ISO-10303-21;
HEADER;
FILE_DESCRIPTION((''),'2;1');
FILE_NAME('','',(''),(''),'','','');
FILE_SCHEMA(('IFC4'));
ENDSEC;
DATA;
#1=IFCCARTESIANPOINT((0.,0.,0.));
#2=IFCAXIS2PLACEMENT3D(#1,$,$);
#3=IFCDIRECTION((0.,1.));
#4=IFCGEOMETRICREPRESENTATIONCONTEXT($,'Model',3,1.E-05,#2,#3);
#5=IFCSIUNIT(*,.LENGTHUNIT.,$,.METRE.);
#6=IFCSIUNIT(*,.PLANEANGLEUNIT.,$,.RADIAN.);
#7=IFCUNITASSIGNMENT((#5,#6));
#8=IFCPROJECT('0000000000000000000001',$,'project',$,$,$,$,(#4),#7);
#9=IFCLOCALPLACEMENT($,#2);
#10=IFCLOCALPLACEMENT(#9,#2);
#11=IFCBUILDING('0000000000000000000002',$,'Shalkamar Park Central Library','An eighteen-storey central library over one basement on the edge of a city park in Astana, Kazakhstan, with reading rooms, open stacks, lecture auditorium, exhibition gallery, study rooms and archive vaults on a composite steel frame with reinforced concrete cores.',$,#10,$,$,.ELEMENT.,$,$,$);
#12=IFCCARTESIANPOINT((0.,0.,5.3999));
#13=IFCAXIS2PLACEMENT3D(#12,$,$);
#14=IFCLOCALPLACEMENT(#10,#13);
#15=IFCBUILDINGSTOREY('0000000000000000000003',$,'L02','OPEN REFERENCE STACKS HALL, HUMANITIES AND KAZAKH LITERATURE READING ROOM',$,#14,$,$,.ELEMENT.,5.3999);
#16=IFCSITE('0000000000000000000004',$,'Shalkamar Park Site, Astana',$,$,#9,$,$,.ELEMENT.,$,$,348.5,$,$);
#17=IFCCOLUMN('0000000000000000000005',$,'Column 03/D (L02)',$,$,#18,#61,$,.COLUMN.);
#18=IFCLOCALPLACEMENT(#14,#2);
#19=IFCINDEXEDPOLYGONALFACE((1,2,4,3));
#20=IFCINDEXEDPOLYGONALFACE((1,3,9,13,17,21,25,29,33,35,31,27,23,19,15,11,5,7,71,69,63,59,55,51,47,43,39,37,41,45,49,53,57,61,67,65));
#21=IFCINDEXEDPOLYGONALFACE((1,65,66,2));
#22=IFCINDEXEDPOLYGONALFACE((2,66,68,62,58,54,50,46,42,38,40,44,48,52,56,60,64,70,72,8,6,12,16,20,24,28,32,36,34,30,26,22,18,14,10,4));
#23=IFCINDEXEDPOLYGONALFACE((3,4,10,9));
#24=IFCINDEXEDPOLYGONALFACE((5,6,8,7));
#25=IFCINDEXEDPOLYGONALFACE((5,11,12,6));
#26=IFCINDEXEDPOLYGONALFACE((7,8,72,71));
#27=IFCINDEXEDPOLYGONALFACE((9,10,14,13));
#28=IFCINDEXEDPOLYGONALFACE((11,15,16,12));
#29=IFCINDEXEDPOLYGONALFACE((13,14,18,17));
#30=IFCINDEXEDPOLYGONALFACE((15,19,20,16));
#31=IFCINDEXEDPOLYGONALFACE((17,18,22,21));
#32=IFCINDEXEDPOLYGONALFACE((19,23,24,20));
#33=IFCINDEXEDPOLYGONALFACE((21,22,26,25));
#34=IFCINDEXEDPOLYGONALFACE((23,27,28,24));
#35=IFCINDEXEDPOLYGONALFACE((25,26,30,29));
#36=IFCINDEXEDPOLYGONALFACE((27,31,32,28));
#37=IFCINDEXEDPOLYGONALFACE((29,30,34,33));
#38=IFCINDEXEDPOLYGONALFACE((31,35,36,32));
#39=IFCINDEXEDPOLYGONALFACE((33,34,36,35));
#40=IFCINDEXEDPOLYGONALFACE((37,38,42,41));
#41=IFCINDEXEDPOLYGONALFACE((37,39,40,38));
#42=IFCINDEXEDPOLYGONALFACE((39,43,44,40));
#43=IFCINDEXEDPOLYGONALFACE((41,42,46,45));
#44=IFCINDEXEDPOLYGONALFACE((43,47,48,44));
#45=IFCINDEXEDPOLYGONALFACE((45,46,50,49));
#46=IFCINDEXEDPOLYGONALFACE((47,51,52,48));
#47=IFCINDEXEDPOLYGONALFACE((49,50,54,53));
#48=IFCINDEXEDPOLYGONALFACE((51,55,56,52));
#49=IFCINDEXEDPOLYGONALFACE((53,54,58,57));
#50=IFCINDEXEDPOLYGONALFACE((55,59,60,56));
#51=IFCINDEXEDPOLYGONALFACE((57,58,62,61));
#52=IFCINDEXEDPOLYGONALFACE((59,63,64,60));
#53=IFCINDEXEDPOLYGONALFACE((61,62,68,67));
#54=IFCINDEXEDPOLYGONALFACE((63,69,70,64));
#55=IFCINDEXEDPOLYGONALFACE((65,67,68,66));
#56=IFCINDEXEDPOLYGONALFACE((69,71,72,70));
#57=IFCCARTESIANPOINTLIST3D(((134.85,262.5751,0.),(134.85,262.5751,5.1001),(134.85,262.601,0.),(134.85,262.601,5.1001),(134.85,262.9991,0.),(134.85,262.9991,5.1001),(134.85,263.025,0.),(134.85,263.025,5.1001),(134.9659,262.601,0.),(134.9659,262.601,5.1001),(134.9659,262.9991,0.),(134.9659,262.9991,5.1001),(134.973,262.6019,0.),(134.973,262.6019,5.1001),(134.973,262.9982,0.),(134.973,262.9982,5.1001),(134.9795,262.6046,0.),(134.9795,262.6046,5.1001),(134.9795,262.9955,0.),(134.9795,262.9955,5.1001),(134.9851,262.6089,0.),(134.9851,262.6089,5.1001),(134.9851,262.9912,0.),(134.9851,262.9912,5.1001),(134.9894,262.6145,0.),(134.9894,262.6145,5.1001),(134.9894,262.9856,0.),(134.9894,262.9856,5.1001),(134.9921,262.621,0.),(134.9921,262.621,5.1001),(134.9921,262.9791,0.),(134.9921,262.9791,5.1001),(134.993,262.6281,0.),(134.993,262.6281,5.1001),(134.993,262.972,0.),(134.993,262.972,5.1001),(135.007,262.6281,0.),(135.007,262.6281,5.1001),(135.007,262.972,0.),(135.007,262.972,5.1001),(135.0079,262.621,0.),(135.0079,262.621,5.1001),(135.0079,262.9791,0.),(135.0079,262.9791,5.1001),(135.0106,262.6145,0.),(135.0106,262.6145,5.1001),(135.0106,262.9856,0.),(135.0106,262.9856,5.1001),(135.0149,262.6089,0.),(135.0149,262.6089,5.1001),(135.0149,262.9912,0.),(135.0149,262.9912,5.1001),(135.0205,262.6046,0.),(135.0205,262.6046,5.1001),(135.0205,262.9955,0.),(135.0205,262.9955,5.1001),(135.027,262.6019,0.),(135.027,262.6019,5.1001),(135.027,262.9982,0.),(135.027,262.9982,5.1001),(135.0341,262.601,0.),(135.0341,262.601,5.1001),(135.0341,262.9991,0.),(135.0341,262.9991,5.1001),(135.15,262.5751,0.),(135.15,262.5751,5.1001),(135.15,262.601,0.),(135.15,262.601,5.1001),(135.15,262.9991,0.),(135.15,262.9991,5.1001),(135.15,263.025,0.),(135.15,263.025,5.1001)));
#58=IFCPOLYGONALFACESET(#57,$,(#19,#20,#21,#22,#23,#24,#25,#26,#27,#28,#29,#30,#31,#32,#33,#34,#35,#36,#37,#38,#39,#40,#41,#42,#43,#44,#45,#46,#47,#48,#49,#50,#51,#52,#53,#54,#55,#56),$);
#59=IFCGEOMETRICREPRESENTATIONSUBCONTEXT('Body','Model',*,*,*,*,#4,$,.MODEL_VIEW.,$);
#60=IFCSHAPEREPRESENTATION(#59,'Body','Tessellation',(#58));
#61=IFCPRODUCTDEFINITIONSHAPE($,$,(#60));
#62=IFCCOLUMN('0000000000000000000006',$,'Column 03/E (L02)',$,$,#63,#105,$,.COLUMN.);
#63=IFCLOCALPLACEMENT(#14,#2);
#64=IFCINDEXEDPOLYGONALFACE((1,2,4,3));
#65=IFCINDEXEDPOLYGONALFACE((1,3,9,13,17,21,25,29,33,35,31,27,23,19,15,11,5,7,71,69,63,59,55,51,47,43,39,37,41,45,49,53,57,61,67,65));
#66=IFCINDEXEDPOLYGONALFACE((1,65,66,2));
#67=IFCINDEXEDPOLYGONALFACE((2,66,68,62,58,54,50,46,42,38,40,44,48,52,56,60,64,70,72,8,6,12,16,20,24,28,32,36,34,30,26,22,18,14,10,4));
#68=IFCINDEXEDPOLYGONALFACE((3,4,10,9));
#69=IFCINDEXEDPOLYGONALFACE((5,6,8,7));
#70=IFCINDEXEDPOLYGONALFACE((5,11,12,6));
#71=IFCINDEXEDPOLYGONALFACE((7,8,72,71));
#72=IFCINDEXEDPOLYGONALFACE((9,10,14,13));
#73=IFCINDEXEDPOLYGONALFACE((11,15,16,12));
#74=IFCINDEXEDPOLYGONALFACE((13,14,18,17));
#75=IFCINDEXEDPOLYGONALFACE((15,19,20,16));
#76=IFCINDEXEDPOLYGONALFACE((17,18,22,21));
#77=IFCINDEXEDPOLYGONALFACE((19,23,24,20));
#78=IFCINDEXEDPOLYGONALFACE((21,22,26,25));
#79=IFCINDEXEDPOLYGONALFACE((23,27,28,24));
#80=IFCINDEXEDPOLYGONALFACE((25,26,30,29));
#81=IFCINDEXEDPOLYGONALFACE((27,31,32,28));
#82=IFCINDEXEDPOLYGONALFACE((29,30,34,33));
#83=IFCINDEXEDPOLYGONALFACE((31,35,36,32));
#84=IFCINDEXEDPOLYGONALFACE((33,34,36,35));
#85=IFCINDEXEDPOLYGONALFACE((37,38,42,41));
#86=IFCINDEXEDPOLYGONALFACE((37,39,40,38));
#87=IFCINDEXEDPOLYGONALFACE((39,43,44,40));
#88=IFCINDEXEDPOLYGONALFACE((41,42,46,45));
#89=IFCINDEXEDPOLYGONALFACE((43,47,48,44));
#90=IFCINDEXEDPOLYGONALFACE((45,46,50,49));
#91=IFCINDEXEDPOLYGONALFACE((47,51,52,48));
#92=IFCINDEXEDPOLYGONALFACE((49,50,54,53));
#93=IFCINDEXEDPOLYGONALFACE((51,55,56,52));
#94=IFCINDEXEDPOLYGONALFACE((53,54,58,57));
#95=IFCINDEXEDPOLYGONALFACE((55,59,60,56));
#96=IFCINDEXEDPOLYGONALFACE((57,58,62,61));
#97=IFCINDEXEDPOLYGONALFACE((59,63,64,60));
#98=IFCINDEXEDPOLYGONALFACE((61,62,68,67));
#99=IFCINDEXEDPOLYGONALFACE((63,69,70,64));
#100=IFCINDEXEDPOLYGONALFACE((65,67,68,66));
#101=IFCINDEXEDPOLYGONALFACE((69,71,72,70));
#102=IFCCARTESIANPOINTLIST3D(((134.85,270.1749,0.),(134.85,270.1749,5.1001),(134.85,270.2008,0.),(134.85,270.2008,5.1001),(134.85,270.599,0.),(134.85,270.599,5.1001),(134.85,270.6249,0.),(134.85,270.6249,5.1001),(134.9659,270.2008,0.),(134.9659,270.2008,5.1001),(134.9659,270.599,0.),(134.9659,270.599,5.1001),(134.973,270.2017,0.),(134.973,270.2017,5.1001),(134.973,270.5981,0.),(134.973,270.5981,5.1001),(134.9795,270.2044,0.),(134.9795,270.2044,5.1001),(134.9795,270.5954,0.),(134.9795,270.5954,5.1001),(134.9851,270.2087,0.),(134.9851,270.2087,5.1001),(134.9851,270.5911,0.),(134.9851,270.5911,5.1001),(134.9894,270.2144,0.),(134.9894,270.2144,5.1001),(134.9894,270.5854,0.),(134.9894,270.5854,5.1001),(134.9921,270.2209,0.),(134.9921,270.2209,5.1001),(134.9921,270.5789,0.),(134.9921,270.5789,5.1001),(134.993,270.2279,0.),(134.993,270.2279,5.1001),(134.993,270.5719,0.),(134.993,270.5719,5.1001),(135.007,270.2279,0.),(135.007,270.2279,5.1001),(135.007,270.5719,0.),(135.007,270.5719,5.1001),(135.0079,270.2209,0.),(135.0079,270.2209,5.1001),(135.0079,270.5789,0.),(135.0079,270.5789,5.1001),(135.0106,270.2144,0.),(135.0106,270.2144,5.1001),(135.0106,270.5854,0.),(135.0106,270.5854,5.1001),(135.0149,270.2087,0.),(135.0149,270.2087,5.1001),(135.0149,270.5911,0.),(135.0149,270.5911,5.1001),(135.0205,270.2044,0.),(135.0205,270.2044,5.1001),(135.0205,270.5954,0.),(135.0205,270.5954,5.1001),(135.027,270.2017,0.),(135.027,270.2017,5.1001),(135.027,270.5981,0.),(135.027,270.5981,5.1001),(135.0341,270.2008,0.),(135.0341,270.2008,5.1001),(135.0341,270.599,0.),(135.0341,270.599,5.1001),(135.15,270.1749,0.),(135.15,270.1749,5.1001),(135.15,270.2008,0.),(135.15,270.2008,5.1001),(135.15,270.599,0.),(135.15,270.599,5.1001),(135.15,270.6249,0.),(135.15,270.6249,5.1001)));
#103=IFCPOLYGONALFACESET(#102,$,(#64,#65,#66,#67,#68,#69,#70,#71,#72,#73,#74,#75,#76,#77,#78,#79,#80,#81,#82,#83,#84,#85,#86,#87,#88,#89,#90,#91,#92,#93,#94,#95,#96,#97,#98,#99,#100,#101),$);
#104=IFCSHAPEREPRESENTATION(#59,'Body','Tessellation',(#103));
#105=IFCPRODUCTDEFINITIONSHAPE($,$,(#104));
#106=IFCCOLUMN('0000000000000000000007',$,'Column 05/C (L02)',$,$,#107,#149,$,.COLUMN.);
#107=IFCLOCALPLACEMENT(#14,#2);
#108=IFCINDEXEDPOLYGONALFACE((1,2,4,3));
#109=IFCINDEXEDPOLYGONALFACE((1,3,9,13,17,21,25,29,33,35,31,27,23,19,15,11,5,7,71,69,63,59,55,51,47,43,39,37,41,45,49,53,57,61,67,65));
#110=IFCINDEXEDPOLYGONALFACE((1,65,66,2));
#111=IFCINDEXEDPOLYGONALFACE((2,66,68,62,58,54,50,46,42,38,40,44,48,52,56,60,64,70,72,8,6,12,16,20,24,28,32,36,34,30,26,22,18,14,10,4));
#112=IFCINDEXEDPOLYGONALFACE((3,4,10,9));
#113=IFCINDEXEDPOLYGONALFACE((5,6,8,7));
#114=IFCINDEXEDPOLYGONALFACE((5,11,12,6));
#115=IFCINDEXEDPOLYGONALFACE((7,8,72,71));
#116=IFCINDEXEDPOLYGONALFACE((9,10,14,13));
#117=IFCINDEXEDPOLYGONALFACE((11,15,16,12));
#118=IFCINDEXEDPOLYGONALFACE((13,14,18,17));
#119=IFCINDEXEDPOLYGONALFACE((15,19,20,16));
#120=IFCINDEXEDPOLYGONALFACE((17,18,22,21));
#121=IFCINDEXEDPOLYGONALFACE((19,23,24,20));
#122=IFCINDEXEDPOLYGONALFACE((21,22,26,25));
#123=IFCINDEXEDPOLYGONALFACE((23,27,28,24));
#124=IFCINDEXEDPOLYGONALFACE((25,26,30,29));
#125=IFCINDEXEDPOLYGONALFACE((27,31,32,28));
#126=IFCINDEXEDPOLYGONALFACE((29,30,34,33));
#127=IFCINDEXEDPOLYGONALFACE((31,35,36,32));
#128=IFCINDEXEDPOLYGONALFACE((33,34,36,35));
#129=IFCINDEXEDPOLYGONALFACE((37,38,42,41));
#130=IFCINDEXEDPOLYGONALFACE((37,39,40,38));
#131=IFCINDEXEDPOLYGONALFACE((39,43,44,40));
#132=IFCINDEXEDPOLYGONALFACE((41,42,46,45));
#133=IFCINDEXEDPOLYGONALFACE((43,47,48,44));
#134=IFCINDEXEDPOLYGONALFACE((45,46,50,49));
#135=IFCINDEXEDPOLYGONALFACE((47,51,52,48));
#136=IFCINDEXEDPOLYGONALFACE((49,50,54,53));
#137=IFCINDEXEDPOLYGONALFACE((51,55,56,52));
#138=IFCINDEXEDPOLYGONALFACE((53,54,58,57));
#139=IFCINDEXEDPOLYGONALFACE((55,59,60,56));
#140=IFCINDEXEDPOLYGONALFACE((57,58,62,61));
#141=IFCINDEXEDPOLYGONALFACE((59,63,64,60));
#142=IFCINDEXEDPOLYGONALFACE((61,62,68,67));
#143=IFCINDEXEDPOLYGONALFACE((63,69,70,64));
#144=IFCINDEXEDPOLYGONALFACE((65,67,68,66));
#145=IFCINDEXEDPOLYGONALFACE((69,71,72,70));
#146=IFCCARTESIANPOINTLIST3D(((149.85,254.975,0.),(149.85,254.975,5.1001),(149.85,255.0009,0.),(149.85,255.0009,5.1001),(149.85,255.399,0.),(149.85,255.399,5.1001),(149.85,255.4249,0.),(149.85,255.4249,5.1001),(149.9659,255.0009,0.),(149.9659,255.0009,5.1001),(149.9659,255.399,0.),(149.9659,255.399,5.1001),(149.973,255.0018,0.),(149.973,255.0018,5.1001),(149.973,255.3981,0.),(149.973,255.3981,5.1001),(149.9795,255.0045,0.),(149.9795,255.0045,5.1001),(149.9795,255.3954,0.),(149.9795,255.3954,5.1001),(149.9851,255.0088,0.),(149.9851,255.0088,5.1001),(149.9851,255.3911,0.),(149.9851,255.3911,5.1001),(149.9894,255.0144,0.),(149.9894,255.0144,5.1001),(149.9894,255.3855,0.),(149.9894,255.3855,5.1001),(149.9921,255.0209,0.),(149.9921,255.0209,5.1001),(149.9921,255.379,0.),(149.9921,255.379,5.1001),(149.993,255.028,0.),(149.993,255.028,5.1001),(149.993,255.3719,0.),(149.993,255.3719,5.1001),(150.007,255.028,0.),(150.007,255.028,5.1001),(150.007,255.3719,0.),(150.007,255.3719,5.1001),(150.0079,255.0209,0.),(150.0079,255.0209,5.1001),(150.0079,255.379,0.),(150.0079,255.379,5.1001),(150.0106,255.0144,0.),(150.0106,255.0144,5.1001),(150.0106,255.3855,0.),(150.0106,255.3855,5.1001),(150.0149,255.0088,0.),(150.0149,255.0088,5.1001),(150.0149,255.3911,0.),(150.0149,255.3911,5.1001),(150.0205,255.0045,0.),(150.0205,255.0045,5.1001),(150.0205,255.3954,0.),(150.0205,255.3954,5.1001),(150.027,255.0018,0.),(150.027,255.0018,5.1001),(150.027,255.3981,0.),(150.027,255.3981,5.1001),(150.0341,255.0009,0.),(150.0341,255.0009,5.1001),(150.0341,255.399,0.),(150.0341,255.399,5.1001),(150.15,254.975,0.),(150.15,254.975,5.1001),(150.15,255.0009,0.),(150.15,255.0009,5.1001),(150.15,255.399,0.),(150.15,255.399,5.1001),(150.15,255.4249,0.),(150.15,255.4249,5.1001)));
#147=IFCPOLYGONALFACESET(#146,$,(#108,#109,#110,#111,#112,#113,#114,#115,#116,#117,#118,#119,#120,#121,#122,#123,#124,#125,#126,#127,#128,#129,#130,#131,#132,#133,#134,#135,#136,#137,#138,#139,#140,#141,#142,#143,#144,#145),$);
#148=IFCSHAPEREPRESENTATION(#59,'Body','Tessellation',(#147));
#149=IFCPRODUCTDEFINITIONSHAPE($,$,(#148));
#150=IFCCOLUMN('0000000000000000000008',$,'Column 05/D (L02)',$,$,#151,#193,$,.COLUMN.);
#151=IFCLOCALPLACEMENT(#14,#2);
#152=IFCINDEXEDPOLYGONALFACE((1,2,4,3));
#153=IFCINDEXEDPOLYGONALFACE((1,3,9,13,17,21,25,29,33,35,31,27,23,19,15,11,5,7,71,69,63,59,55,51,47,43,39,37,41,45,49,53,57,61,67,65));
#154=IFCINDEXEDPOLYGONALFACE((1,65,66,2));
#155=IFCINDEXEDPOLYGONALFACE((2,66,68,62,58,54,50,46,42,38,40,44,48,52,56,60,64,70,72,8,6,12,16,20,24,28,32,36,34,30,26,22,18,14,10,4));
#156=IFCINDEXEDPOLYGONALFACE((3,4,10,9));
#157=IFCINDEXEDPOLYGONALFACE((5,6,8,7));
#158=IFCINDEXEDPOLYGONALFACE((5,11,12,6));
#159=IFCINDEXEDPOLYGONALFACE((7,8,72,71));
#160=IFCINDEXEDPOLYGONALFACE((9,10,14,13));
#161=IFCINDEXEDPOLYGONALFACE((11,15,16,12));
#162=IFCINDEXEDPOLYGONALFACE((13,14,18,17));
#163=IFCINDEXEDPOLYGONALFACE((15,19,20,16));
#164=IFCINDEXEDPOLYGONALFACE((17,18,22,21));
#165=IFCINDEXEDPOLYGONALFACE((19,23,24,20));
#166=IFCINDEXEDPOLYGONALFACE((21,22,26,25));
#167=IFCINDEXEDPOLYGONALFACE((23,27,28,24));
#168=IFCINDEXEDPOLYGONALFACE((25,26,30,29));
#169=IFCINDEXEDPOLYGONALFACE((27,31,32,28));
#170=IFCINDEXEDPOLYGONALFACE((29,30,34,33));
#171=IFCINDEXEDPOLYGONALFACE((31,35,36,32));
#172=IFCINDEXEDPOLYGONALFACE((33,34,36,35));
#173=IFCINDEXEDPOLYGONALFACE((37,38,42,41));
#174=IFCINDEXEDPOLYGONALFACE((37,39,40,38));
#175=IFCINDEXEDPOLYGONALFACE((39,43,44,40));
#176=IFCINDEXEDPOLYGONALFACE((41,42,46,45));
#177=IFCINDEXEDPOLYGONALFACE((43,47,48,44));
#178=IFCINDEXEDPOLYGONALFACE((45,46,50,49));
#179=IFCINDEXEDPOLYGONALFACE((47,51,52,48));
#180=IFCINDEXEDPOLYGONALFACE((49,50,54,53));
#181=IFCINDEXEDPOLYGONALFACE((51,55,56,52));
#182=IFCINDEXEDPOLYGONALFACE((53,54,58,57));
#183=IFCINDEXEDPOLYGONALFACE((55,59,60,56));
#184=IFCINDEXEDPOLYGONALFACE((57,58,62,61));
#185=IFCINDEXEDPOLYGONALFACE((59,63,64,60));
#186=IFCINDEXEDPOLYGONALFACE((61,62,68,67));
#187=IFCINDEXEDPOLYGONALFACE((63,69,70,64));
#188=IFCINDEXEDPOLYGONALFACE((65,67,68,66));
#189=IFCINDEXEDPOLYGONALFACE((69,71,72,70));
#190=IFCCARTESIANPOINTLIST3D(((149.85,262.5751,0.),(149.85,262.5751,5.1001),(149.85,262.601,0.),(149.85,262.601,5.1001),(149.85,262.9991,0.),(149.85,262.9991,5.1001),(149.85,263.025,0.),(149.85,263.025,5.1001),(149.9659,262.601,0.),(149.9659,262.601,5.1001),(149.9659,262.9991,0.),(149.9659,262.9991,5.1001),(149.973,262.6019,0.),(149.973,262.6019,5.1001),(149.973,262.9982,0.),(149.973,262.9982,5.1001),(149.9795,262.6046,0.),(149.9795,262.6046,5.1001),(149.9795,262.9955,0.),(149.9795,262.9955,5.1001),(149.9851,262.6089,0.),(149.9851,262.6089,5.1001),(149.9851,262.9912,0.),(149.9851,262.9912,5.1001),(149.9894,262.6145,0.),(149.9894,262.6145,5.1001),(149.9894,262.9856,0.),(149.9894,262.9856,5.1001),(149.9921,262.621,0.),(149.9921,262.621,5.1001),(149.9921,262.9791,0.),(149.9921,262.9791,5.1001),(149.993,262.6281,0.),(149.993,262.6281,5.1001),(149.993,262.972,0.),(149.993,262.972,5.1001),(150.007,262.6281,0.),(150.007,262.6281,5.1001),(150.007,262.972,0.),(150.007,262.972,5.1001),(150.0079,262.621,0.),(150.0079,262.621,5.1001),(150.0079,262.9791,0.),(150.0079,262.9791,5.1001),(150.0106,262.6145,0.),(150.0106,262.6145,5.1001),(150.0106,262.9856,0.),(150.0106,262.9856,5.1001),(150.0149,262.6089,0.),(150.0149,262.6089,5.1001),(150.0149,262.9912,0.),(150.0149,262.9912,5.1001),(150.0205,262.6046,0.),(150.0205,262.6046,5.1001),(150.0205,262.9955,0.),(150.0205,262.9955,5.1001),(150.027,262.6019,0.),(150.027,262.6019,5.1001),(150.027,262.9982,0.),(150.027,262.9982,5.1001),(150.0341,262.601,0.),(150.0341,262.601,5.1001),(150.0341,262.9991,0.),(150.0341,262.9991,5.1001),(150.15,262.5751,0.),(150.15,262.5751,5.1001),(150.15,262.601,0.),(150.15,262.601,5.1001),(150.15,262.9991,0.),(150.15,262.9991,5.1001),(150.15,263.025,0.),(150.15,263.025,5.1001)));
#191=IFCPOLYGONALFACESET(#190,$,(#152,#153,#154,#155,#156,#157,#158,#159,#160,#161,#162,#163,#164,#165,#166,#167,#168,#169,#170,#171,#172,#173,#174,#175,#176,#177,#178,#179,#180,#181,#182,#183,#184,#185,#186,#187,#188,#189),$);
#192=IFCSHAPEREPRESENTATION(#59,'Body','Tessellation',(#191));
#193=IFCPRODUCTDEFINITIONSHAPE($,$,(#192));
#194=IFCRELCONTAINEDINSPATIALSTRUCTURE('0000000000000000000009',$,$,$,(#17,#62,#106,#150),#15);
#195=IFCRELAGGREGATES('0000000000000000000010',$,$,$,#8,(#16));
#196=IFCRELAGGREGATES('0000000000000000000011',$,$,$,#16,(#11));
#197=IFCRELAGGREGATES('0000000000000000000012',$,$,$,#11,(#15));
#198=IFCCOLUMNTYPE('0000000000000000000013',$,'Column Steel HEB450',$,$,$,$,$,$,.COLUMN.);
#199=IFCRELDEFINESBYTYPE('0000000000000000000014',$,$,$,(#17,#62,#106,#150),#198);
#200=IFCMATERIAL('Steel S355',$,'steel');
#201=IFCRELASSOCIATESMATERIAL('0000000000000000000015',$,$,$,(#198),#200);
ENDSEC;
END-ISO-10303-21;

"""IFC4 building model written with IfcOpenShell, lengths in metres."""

from ifc_helpers import new_model, si_unit, direction, frame, origin, origin_2d, place, context, subcontext, project, spatial, i_section, extrude, material, material_profile, profile_set, type_object, element, save


model = new_model("IFC4")

# Units and contexts
model_context = context("Model", 3, precision=1e-05, world=origin(), true_north=direction((0.0, 1.0)))
body_context = subcontext(model_context, "Body", "Model", "MODEL_VIEW")
ifc_project = project(units=[si_unit("LENGTHUNIT", "METRE"), si_unit("PLANEANGLEUNIT", "RADIAN")], contexts=[model_context])

# Site, building, storey
site_placement = place(None, origin())
site = spatial("IfcSite", under=ifc_project, at=site_placement, Name="Shalkamar Park Site, Astana", CompositionType="ELEMENT", RefElevation=348.5)
building_placement = place(site_placement, origin())
building = spatial("IfcBuilding", under=site, at=building_placement, Name="Shalkamar Park Central Library", Description="An eighteen-storey central library over one basement on the edge of a city park in Astana, Kazakhstan, with reading rooms, open stacks, lecture auditorium, exhibition gallery, study rooms and archive vaults on a composite steel frame with reinforced concrete cores.", CompositionType="ELEMENT")
storey_placement = place(building_placement, frame((0.0, 0.0, 5.3999)))
storey = spatial("IfcBuildingStorey", under=building, at=storey_placement, Name="L02", Description="OPEN REFERENCE STACKS HALL, HUMANITIES AND KAZAKH LITERATURE READING ROOM", CompositionType="ELEMENT", Elevation=5.3999)

# Columns
ifc_material_1 = material(Name="Steel S355", Category="steel")
ifc_material_profile_1 = material_profile(ifc_material_1, i_section(OverallWidth=0.3, OverallDepth=0.45, WebThickness=0.0139, FlangeThickness=0.0259, FilletRadius=0.0271, at=origin_2d()), Name="HEB 450")
ifc_profile_set_1 = profile_set([ifc_material_profile_1], Name="Steel S355")
column_type_1 = type_object("IfcColumnType", Name="Column Steel HEB450", PredefinedType="COLUMN", material=ifc_profile_set_1)
for number, where, z_axis, x_axis, name in (
    (1, (135.0, 262.8, 0.0), (0.0, 0.0, 1.0), (1.0, 0.0, 0.0), "Column 03/D (L02)"),
    (2, (135.0, 270.3999, 0.0), (0.0, 0.0, 1.0), (1.0, 0.0, 0.0), "Column 03/E (L02)"),
    (3, (150.0, 255.2, 0.0), (0.0, 0.0, 1.0), (1.0, 0.0, 0.0), "Column 05/C (L02)"),
    (4, (150.0, 262.8, 0.0), (0.0, 0.0, 1.0), (1.0, 0.0, 0.0), "Column 05/D (L02)"),
):
    element("IfcColumn", number, at=place(storey_placement, frame(where, z_axis=z_axis, x_axis=x_axis)), inside=storey, type_object=column_type_1, Name=name, PredefinedType="COLUMN", context=body_context, shape_type="SweptSolid", body=[
        extrude(i_section(OverallWidth=0.3, OverallDepth=0.45, WebThickness=0.0139, FlangeThickness=0.0259, FilletRadius=0.0271, at=origin_2d()), origin(), (0.0, 0.0, 1.0), 5.1001),
    ])

save(model, "model.ifc")
